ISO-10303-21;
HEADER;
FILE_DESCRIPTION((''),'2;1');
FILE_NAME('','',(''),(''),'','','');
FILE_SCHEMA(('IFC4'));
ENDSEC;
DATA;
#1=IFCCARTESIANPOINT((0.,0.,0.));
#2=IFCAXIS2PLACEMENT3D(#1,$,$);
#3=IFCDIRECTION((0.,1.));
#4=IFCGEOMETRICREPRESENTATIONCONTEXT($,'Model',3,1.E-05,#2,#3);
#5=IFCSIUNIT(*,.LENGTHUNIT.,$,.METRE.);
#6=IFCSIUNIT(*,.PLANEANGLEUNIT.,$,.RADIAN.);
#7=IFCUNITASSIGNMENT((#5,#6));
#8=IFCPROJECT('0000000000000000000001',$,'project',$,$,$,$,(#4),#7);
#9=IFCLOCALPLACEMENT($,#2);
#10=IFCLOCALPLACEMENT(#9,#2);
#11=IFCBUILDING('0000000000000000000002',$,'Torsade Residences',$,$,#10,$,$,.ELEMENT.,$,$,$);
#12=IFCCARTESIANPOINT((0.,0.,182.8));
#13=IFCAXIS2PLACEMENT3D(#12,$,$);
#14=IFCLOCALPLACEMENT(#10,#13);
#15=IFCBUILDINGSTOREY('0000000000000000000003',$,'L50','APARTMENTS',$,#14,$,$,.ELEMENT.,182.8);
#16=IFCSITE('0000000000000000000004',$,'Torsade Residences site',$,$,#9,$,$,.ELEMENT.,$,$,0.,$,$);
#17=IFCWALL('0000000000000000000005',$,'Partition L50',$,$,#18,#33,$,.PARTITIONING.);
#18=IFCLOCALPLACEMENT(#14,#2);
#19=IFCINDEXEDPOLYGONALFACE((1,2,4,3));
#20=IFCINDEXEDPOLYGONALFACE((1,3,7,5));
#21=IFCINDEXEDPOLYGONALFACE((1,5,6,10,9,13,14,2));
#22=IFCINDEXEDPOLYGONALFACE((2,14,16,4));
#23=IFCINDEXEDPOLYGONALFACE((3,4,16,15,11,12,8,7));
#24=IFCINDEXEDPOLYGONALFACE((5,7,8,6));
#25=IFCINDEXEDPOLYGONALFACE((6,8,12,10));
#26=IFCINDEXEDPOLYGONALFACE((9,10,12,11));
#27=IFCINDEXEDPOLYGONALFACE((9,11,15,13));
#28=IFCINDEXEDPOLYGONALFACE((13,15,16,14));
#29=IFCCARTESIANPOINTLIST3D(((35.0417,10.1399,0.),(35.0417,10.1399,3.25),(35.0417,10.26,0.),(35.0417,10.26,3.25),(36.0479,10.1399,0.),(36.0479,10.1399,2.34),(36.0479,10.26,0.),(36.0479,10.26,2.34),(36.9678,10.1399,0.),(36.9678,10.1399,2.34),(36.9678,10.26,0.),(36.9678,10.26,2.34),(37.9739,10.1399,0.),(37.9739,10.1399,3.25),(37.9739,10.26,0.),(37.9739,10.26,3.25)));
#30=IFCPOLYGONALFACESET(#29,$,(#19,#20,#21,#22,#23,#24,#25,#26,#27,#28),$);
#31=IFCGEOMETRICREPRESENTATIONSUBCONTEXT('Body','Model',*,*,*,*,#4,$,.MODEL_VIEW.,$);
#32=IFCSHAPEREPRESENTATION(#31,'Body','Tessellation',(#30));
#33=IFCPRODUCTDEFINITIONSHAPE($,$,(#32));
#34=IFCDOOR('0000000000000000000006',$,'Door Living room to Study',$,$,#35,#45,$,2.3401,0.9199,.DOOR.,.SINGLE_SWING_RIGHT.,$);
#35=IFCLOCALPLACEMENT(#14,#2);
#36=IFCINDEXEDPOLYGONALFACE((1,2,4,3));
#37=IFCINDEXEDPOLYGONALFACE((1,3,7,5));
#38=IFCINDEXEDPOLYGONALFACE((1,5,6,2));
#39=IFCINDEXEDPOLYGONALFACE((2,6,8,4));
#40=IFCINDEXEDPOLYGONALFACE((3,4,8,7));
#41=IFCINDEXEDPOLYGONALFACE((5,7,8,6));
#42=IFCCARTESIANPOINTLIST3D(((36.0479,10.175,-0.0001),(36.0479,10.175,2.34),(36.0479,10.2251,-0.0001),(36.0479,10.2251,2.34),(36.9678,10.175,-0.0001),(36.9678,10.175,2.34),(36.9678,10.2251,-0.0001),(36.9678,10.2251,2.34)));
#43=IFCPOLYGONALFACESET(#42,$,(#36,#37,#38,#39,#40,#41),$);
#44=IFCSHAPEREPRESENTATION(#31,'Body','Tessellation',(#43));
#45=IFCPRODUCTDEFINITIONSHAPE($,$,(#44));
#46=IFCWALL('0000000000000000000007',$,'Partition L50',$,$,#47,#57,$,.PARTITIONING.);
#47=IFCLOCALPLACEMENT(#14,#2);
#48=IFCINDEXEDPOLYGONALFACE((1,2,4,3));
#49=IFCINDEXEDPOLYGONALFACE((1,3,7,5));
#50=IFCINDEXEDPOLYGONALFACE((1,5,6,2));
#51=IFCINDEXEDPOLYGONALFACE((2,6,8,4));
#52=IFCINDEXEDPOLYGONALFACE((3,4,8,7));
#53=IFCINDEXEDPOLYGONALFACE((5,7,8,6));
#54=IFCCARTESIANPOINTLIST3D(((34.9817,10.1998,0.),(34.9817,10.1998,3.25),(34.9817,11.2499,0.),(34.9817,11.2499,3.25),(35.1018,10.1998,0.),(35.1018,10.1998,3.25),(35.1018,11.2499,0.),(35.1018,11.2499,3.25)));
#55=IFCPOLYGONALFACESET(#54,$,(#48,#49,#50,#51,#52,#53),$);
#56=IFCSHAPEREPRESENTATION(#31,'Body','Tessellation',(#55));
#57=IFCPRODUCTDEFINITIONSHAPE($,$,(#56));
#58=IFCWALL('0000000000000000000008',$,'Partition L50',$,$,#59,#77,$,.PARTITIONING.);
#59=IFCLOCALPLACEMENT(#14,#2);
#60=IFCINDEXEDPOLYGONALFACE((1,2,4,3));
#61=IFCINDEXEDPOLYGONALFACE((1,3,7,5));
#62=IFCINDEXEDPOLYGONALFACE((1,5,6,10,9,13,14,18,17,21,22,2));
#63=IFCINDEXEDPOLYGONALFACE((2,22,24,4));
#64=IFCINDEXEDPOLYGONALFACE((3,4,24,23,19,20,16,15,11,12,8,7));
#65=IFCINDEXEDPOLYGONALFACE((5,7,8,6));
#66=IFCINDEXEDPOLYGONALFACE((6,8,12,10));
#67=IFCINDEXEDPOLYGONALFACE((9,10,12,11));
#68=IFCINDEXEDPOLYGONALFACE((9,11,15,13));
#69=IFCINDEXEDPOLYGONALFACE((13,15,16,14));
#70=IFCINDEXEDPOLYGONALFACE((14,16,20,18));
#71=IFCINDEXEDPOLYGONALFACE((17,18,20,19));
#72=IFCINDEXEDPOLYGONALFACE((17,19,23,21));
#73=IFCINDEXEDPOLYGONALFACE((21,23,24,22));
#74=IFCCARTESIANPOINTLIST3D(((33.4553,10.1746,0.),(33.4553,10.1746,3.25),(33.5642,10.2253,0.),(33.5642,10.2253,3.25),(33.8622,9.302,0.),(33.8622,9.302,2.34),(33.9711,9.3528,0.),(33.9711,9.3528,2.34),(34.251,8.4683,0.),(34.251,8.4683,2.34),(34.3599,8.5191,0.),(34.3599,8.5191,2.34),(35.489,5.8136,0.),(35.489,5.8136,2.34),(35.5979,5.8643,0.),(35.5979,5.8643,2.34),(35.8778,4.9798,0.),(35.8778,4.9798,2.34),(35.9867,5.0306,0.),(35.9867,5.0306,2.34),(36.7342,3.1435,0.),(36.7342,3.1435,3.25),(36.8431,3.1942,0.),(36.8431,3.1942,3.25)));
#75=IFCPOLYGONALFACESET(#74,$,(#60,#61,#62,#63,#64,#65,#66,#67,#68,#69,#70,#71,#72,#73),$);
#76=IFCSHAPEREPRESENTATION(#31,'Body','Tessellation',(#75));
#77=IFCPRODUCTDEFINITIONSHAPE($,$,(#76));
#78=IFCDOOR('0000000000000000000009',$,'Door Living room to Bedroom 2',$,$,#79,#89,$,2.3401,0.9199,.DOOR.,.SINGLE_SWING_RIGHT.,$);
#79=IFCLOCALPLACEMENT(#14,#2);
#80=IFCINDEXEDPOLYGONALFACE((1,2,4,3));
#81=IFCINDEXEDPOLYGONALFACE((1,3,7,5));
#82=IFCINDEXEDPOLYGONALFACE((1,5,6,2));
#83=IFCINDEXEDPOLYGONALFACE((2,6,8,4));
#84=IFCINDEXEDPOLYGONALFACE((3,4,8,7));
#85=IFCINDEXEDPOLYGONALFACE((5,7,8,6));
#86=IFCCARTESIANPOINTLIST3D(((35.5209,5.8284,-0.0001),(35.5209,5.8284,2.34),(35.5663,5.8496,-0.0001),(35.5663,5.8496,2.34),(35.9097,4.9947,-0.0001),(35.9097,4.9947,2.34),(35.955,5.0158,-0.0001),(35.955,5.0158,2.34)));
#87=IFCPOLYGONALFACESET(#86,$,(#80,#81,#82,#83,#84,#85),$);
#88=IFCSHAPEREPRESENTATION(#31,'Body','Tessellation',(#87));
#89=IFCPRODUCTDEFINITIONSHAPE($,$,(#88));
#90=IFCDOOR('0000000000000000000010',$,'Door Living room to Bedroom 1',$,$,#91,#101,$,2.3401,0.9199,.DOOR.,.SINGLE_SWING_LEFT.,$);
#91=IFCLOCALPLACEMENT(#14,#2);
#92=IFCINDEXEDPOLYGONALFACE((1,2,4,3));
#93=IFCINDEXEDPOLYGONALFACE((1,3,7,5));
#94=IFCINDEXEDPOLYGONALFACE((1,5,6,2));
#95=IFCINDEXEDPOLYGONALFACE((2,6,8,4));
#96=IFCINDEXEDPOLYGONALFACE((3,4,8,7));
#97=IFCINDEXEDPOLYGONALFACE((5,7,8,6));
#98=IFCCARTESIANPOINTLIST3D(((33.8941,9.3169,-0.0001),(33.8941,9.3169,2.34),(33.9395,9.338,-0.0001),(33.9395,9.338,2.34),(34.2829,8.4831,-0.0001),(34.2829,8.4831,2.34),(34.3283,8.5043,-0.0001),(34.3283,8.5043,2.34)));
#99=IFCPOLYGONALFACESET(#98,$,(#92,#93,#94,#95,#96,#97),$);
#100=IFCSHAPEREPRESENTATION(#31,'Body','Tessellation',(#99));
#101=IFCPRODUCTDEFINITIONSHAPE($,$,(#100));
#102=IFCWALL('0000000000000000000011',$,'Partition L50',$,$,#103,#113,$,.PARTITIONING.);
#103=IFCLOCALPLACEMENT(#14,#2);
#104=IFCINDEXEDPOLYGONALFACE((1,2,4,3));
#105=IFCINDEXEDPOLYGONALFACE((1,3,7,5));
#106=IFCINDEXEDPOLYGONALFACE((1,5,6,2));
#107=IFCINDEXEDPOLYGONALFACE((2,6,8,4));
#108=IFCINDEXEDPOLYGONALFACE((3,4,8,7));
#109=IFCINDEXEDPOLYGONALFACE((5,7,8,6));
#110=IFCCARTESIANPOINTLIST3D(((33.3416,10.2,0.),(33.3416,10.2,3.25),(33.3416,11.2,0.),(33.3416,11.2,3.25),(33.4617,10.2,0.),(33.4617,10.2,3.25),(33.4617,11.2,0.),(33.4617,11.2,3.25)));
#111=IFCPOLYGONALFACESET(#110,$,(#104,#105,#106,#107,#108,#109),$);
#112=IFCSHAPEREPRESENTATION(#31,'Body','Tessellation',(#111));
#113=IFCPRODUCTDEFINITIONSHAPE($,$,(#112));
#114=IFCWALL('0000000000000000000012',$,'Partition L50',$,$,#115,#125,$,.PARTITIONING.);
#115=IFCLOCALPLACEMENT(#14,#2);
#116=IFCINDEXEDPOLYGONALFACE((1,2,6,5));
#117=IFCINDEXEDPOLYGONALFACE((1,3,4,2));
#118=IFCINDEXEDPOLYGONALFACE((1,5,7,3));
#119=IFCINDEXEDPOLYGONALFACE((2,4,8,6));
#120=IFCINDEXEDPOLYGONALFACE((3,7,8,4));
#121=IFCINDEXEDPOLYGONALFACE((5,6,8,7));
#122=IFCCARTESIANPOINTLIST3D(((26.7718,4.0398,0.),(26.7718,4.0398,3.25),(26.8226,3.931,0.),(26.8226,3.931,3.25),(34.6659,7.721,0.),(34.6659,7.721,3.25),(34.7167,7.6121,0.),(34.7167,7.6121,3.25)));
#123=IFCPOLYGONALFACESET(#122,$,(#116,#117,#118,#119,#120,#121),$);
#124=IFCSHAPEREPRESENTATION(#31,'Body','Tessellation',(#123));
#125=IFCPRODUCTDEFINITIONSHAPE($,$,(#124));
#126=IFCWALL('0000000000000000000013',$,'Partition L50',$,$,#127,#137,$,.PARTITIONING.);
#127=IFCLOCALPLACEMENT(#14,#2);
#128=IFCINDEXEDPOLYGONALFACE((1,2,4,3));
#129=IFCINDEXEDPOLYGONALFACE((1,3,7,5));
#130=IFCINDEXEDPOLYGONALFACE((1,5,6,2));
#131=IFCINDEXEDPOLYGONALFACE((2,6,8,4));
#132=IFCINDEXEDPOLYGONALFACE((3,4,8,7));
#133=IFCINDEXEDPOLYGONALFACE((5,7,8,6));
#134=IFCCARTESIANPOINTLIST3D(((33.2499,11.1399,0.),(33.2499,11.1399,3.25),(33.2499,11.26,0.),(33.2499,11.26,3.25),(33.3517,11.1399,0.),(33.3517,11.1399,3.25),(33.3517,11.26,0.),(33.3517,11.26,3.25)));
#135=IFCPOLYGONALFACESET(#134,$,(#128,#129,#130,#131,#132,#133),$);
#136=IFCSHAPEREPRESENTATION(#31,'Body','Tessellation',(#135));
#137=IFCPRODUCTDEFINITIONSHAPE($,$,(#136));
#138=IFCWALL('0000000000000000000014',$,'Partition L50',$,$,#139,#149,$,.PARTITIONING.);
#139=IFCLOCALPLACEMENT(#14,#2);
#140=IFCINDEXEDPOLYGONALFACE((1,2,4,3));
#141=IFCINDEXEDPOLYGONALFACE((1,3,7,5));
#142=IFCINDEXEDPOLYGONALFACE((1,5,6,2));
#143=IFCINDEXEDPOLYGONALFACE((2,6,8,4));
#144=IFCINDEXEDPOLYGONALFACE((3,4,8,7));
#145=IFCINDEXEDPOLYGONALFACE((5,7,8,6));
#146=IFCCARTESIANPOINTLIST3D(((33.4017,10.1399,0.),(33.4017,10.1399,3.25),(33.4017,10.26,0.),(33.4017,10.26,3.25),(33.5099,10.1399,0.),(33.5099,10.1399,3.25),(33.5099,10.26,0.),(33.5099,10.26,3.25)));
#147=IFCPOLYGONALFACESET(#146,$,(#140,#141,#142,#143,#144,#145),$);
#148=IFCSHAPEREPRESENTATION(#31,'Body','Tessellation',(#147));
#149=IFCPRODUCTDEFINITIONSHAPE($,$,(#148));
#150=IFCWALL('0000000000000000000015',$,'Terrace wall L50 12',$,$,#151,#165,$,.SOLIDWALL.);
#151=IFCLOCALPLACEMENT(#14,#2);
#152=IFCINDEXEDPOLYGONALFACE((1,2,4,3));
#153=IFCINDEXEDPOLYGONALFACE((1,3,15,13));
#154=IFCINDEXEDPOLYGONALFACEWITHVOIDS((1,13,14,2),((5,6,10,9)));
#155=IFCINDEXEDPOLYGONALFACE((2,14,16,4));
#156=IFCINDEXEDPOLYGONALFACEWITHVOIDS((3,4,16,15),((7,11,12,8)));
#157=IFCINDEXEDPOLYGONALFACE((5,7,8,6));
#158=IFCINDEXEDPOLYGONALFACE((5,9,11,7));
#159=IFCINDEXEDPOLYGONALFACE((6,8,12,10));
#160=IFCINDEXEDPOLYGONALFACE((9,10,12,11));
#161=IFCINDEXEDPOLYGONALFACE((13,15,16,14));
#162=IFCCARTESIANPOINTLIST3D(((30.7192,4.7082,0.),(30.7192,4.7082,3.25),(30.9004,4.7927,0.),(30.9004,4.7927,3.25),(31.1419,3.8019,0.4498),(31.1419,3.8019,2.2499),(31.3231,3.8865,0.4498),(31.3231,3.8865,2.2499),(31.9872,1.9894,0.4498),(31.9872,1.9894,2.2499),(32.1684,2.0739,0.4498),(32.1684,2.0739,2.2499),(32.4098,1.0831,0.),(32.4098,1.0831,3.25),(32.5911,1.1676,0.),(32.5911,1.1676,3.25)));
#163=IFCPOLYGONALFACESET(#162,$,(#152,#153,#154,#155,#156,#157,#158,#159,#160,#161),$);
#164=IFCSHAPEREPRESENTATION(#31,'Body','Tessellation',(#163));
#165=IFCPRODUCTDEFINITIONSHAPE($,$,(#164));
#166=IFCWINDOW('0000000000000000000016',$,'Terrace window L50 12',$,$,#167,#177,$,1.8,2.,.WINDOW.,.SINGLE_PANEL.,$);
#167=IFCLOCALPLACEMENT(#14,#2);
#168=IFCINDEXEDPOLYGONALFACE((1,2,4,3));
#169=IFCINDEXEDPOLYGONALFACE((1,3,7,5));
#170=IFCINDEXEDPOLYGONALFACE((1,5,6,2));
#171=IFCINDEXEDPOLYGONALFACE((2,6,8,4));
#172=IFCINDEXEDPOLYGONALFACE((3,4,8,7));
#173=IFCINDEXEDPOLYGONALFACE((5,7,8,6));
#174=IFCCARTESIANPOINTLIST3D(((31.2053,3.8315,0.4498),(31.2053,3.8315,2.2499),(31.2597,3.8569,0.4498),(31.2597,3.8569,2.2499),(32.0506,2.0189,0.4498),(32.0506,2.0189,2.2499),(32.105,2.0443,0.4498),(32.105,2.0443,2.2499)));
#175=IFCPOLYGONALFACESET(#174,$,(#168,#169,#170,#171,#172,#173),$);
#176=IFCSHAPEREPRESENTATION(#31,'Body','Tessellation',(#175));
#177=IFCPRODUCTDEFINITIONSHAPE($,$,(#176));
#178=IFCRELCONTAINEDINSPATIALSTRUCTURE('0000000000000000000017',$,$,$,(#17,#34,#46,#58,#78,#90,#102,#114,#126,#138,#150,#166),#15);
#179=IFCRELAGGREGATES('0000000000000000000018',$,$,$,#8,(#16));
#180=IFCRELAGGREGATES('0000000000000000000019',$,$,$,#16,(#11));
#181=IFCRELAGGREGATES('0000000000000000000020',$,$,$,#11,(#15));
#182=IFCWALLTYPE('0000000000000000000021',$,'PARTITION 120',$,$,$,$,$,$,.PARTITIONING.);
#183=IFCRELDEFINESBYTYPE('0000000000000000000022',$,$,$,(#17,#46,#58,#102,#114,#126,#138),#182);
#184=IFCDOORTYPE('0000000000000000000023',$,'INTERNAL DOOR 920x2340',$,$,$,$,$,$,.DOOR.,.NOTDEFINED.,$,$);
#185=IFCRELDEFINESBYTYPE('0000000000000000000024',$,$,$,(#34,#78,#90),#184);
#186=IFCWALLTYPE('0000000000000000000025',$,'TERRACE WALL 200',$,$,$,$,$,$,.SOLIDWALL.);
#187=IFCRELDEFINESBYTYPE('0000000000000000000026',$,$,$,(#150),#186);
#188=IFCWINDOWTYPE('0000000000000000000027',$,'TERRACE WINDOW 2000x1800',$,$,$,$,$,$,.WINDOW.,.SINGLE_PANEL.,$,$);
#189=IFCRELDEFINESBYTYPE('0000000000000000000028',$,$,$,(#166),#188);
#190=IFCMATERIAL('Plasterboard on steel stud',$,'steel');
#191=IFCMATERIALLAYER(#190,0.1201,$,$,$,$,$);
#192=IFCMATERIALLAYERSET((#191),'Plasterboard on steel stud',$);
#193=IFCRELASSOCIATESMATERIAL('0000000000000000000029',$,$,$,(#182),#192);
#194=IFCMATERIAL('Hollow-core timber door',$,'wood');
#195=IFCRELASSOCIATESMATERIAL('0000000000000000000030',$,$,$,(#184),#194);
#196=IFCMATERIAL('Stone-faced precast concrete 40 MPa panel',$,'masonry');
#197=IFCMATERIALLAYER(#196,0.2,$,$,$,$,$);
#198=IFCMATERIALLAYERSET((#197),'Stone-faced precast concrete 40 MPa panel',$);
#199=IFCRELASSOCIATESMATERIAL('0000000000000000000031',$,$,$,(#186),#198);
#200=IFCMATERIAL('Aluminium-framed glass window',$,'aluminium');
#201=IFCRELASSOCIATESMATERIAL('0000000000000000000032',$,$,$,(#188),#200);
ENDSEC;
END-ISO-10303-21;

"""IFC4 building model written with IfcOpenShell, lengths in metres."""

from ifc_helpers import new_model, si_unit, direction, frame, frame_2d, origin, place, context, subcontext, project, spatial, rectangle, extrude, material, layer, layer_set, type_object, element, fill, save


model = new_model("IFC4")

# Units and contexts
model_context = context("Model", 3, precision=1e-05, world=origin(), true_north=direction((0.0, 1.0)))
body_context = subcontext(model_context, "Body", "Model", "MODEL_VIEW")
ifc_project = project(units=[si_unit("LENGTHUNIT", "METRE"), si_unit("PLANEANGLEUNIT", "RADIAN")], contexts=[model_context])

# Site, building, storey
site_placement = place(None, origin())
site = spatial("IfcSite", under=ifc_project, at=site_placement, Name="Torsade Residences site", CompositionType="ELEMENT", RefElevation=0.0)
building_placement = place(site_placement, origin())
building = spatial("IfcBuilding", under=site, at=building_placement, Name="Torsade Residences", CompositionType="ELEMENT")
storey_placement = place(building_placement, frame((0.0, 0.0, 182.8)))
storey = spatial("IfcBuildingStorey", under=building, at=storey_placement, Name="L50", Description="APARTMENTS", CompositionType="ELEMENT", Elevation=182.8)

# Shared definitions
ifc_material_1 = material(Name="Plasterboard on steel stud", Category="steel")
ifc_layer_1 = layer(ifc_material_1, 0.1201)
ifc_layer_set_1 = layer_set([ifc_layer_1], Name="Plasterboard on steel stud")
wall_type_1 = type_object("IfcWallType", Name="PARTITION 120", PredefinedType="PARTITIONING", material=ifc_layer_set_1)
ifc_material_2 = material(Name="Hollow-core timber door", Category="wood")
door_type_1 = type_object("IfcDoorType", Name="INTERNAL DOOR 920x2340", OperationType="NOTDEFINED", PredefinedType="DOOR", material=ifc_material_2)

# Wall, opening, door
wall_1_placement = place(storey_placement, frame((37.9739, 10.2, 0.0), z_axis=(0.0, 0.0, 1.0), x_axis=(-1.0, 0.0, 0.0)))
wall_1 = element("IfcWall", 1, at=wall_1_placement, inside=storey, type_object=wall_type_1, Name="Partition L50", PredefinedType="PARTITIONING", context=body_context, shape_type="SweptSolid", body=[
    extrude(rectangle(XDim=2.9321, YDim=0.1201, at=frame_2d((1.4661, 0.0))), origin(), (0.0, 0.0, 1.0), 3.25),
])
opening_1_placement = place(wall_1_placement, frame((1.0061, 0.0, 0.0)))
opening_1 = element("IfcOpeningElement", 2, at=opening_1_placement, cuts=wall_1, PredefinedType="OPENING", context=body_context, shape_type="SweptSolid", body=[
    extrude(rectangle(XDim=0.9199, YDim=2.3401, at=frame_2d((0.46, 1.1699))), frame((0.0, 0.0701, 0.0), z_axis=(0.0, -1.0, 0.0), x_axis=(1.0, 0.0, 0.0)), (0.0, 0.0, 1.0), 0.1401),
])
door_1_placement = place(opening_1_placement, origin())
door_1 = element("IfcDoor", 3, at=door_1_placement, inside=storey, type_object=door_type_1, Name="Door Living room to Study", OperationType="SINGLE_SWING_RIGHT", OverallHeight=2.3401, OverallWidth=0.9199, PredefinedType="DOOR", context=body_context, shape_type="SweptSolid", body=[
    extrude(rectangle(XDim=0.9199, YDim=2.3401, at=frame_2d((0.46, 1.1699))), frame((0.0, 0.0249, 0.0), z_axis=(0.0, -1.0, 0.0), x_axis=(1.0, 0.0, 0.0)), (0.0, 0.0, 1.0), 0.05),
])
fill(opening_1, door_1)

# Wall
wall_2_placement = place(storey_placement, frame((35.0417, 10.2, 0.0), z_axis=(0.0, 0.0, 1.0), x_axis=(0.0, 1.0, 0.0)))
element("IfcWall", 4, at=wall_2_placement, inside=storey, type_object=wall_type_1, Name="Partition L50", PredefinedType="PARTITIONING", context=body_context, shape_type="SweptSolid", body=[
    extrude(rectangle(XDim=1.05, YDim=0.1201, at=frame_2d((0.5249, 0.0))), origin(), (0.0, 0.0, 1.0), 3.25),
])

# Wall, openings, doors
wall_3_placement = place(storey_placement, frame((36.7886, 3.1689, 0.0), z_axis=(0.0, 0.0, 1.0), x_axis=(-0.422639, 0.906298, 0.0)))
wall_3 = element("IfcWall", 5, at=wall_3_placement, inside=storey, type_object=wall_type_1, Name="Partition L50", PredefinedType="PARTITIONING", context=body_context, shape_type="SweptSolid", body=[
    extrude(rectangle(XDim=7.7581, YDim=0.1201, at=frame_2d((3.8789, 0.0))), origin(), (0.0, 0.0, 1.0), 3.25),
])
opening_2_placement = place(wall_3_placement, frame((2.0261, 0.0, 0.0)))
opening_2 = element("IfcOpeningElement", 6, at=opening_2_placement, cuts=wall_3, PredefinedType="OPENING", context=body_context, shape_type="SweptSolid", body=[
    extrude(rectangle(XDim=0.9199, YDim=2.3401, at=frame_2d((0.46, 1.1699))), frame((0.0, 0.0701, 0.0), z_axis=(0.0, -1.0, 0.0), x_axis=(1.0, 0.0, 0.0)), (0.0, 0.0, 1.0), 0.1401),
])
opening_3_placement = place(wall_3_placement, frame((5.8752, 0.0, 0.0)))
opening_3 = element("IfcOpeningElement", 7, at=opening_3_placement, cuts=wall_3, PredefinedType="OPENING", context=body_context, shape_type="SweptSolid", body=[
    extrude(rectangle(XDim=0.9199, YDim=2.3401, at=frame_2d((0.46, 1.1699))), frame((0.0, 0.0701, 0.0), z_axis=(0.0, -1.0, 0.0), x_axis=(1.0, 0.0, 0.0)), (0.0, 0.0, 1.0), 0.1401),
])
door_2_placement = place(opening_2_placement, origin())
door_2 = element("IfcDoor", 8, at=door_2_placement, inside=storey, type_object=door_type_1, Name="Door Living room to Bedroom 2", OperationType="SINGLE_SWING_RIGHT", OverallHeight=2.3401, OverallWidth=0.9199, PredefinedType="DOOR", context=body_context, shape_type="SweptSolid", body=[
    extrude(rectangle(XDim=0.9199, YDim=2.3401, at=frame_2d((0.46, 1.1699))), frame((0.0, 0.0249, 0.0), z_axis=(0.0, -1.0, 0.0), x_axis=(1.0, 0.0, 0.0)), (0.0, 0.0, 1.0), 0.05),
])
fill(opening_2, door_2)
door_3_placement = place(opening_3_placement, origin())
door_3 = element("IfcDoor", 9, at=door_3_placement, inside=storey, type_object=door_type_1, Name="Door Living room to Bedroom 1", OperationType="SINGLE_SWING_LEFT", OverallHeight=2.3401, OverallWidth=0.9199, PredefinedType="DOOR", context=body_context, shape_type="SweptSolid", body=[
    extrude(rectangle(XDim=0.9199, YDim=2.3401, at=frame_2d((0.46, 1.1699))), frame((0.0, 0.0249, 0.0), z_axis=(0.0, -1.0, 0.0), x_axis=(1.0, 0.0, 0.0)), (0.0, 0.0, 1.0), 0.05),
])
fill(opening_3, door_3)

# Walls
wall_4_placement = place(storey_placement, frame((33.4016, 10.2, 0.0), z_axis=(0.0, 0.0, 1.0), x_axis=(0.0, 1.0, 0.0)))
element("IfcWall", 10, at=wall_4_placement, inside=storey, type_object=wall_type_1, Name="Partition L50", PredefinedType="PARTITIONING", context=body_context, shape_type="SweptSolid", body=[
    extrude(rectangle(XDim=1.0, YDim=0.1201, at=frame_2d((0.5, 0.0))), origin(), (0.0, 0.0, 1.0), 3.25),
])
wall_5_placement = place(storey_placement, frame((34.6912, 7.6665, 0.0), z_axis=(0.0, 0.0, 1.0), x_axis=(-0.906303, -0.422628, 0.0)))
element("IfcWall", 11, at=wall_5_placement, inside=storey, type_object=wall_type_1, Name="Partition L50", PredefinedType="PARTITIONING", context=body_context, shape_type="SweptSolid", body=[
    extrude(rectangle(XDim=8.7102, YDim=0.1201, at=frame_2d((4.355, 0.0))), origin(), (0.0, 0.0, 1.0), 3.25),
])
wall_6_placement = place(storey_placement, frame((33.25, 11.2, 0.0), z_axis=(0.0, 0.0, 1.0), x_axis=(1.0, 0.0, 0.0)))
element("IfcWall", 12, at=wall_6_placement, inside=storey, type_object=wall_type_1, Name="Partition L50", PredefinedType="PARTITIONING", context=body_context, shape_type="SweptSolid", body=[
    extrude(rectangle(XDim=0.1018, YDim=0.1201, at=frame_2d((0.0508, 0.0))), origin(), (0.0, 0.0, 1.0), 3.25),
])
wall_7_placement = place(storey_placement, frame((33.4016, 10.2, 0.0), z_axis=(0.0, 0.0, 1.0), x_axis=(1.0, 0.0, 0.0)))
element("IfcWall", 13, at=wall_7_placement, inside=storey, type_object=wall_type_1, Name="Partition L50", PredefinedType="PARTITIONING", context=body_context, shape_type="SweptSolid", body=[
    extrude(rectangle(XDim=0.1082, YDim=0.1201, at=frame_2d((0.0542, 0.0))), origin(), (0.0, 0.0, 1.0), 3.25),
])

# Wall, opening, window
ifc_material_3 = material(Name="Stone-faced precast concrete 40 MPa panel", Category="masonry")
ifc_layer_2 = layer(ifc_material_3, 0.2)
ifc_layer_set_2 = layer_set([ifc_layer_2], Name="Stone-faced precast concrete 40 MPa panel")
wall_type_2 = type_object("IfcWallType", Name="TERRACE WALL 200", PredefinedType="SOLIDWALL", material=ifc_layer_set_2)
wall_8_placement = place(storey_placement, frame((30.8098, 4.7505, 0.0), z_axis=(0.0, 0.0, 1.0), x_axis=(0.422658, -0.906289, 0.0)))
wall_8 = element("IfcWall", 14, at=wall_8_placement, inside=storey, type_object=wall_type_2, Name="Terrace wall L50 12", PredefinedType="SOLIDWALL", context=body_context, shape_type="SweptSolid", body=[
    extrude(rectangle(XDim=4.0, YDim=0.2, at=frame_2d((2.0, 0.0))), origin(), (0.0, 0.0, 1.0), 3.25),
])
opening_4_placement = place(wall_8_placement, frame((1.0, 0.0, 0.45)))
opening_4 = element("IfcOpeningElement", 15, at=opening_4_placement, cuts=wall_8, PredefinedType="OPENING", context=body_context, shape_type="SweptSolid", body=[
    extrude(rectangle(XDim=2.0, YDim=1.8, at=frame_2d((1.0, 0.8999))), frame((0.0, 0.1099, 0.0), z_axis=(0.0, -1.0, 0.0), x_axis=(1.0, 0.0, 0.0)), (0.0, 0.0, 1.0), 0.22),
])
ifc_material_4 = material(Name="Aluminium-framed glass window", Category="aluminium")
window_type = type_object("IfcWindowType", Name="TERRACE WINDOW 2000x1800", PartitioningType="SINGLE_PANEL", PredefinedType="WINDOW", material=ifc_material_4)
window_placement = place(opening_4_placement, origin())
window = element("IfcWindow", 16, at=window_placement, inside=storey, type_object=window_type, Name="Terrace window L50 12", OverallHeight=1.8, OverallWidth=2.0, PartitioningType="SINGLE_PANEL", PredefinedType="WINDOW", context=body_context, shape_type="SweptSolid", body=[
    extrude(rectangle(XDim=2.0, YDim=1.8, at=frame_2d((1.0, 0.8999))), frame((0.0, 0.03, 0.0), z_axis=(0.0, -1.0, 0.0), x_axis=(1.0, 0.0, 0.0)), (0.0, 0.0, 1.0), 0.0601),
])
fill(opening_4, window)

save(model, "model.ifc")
